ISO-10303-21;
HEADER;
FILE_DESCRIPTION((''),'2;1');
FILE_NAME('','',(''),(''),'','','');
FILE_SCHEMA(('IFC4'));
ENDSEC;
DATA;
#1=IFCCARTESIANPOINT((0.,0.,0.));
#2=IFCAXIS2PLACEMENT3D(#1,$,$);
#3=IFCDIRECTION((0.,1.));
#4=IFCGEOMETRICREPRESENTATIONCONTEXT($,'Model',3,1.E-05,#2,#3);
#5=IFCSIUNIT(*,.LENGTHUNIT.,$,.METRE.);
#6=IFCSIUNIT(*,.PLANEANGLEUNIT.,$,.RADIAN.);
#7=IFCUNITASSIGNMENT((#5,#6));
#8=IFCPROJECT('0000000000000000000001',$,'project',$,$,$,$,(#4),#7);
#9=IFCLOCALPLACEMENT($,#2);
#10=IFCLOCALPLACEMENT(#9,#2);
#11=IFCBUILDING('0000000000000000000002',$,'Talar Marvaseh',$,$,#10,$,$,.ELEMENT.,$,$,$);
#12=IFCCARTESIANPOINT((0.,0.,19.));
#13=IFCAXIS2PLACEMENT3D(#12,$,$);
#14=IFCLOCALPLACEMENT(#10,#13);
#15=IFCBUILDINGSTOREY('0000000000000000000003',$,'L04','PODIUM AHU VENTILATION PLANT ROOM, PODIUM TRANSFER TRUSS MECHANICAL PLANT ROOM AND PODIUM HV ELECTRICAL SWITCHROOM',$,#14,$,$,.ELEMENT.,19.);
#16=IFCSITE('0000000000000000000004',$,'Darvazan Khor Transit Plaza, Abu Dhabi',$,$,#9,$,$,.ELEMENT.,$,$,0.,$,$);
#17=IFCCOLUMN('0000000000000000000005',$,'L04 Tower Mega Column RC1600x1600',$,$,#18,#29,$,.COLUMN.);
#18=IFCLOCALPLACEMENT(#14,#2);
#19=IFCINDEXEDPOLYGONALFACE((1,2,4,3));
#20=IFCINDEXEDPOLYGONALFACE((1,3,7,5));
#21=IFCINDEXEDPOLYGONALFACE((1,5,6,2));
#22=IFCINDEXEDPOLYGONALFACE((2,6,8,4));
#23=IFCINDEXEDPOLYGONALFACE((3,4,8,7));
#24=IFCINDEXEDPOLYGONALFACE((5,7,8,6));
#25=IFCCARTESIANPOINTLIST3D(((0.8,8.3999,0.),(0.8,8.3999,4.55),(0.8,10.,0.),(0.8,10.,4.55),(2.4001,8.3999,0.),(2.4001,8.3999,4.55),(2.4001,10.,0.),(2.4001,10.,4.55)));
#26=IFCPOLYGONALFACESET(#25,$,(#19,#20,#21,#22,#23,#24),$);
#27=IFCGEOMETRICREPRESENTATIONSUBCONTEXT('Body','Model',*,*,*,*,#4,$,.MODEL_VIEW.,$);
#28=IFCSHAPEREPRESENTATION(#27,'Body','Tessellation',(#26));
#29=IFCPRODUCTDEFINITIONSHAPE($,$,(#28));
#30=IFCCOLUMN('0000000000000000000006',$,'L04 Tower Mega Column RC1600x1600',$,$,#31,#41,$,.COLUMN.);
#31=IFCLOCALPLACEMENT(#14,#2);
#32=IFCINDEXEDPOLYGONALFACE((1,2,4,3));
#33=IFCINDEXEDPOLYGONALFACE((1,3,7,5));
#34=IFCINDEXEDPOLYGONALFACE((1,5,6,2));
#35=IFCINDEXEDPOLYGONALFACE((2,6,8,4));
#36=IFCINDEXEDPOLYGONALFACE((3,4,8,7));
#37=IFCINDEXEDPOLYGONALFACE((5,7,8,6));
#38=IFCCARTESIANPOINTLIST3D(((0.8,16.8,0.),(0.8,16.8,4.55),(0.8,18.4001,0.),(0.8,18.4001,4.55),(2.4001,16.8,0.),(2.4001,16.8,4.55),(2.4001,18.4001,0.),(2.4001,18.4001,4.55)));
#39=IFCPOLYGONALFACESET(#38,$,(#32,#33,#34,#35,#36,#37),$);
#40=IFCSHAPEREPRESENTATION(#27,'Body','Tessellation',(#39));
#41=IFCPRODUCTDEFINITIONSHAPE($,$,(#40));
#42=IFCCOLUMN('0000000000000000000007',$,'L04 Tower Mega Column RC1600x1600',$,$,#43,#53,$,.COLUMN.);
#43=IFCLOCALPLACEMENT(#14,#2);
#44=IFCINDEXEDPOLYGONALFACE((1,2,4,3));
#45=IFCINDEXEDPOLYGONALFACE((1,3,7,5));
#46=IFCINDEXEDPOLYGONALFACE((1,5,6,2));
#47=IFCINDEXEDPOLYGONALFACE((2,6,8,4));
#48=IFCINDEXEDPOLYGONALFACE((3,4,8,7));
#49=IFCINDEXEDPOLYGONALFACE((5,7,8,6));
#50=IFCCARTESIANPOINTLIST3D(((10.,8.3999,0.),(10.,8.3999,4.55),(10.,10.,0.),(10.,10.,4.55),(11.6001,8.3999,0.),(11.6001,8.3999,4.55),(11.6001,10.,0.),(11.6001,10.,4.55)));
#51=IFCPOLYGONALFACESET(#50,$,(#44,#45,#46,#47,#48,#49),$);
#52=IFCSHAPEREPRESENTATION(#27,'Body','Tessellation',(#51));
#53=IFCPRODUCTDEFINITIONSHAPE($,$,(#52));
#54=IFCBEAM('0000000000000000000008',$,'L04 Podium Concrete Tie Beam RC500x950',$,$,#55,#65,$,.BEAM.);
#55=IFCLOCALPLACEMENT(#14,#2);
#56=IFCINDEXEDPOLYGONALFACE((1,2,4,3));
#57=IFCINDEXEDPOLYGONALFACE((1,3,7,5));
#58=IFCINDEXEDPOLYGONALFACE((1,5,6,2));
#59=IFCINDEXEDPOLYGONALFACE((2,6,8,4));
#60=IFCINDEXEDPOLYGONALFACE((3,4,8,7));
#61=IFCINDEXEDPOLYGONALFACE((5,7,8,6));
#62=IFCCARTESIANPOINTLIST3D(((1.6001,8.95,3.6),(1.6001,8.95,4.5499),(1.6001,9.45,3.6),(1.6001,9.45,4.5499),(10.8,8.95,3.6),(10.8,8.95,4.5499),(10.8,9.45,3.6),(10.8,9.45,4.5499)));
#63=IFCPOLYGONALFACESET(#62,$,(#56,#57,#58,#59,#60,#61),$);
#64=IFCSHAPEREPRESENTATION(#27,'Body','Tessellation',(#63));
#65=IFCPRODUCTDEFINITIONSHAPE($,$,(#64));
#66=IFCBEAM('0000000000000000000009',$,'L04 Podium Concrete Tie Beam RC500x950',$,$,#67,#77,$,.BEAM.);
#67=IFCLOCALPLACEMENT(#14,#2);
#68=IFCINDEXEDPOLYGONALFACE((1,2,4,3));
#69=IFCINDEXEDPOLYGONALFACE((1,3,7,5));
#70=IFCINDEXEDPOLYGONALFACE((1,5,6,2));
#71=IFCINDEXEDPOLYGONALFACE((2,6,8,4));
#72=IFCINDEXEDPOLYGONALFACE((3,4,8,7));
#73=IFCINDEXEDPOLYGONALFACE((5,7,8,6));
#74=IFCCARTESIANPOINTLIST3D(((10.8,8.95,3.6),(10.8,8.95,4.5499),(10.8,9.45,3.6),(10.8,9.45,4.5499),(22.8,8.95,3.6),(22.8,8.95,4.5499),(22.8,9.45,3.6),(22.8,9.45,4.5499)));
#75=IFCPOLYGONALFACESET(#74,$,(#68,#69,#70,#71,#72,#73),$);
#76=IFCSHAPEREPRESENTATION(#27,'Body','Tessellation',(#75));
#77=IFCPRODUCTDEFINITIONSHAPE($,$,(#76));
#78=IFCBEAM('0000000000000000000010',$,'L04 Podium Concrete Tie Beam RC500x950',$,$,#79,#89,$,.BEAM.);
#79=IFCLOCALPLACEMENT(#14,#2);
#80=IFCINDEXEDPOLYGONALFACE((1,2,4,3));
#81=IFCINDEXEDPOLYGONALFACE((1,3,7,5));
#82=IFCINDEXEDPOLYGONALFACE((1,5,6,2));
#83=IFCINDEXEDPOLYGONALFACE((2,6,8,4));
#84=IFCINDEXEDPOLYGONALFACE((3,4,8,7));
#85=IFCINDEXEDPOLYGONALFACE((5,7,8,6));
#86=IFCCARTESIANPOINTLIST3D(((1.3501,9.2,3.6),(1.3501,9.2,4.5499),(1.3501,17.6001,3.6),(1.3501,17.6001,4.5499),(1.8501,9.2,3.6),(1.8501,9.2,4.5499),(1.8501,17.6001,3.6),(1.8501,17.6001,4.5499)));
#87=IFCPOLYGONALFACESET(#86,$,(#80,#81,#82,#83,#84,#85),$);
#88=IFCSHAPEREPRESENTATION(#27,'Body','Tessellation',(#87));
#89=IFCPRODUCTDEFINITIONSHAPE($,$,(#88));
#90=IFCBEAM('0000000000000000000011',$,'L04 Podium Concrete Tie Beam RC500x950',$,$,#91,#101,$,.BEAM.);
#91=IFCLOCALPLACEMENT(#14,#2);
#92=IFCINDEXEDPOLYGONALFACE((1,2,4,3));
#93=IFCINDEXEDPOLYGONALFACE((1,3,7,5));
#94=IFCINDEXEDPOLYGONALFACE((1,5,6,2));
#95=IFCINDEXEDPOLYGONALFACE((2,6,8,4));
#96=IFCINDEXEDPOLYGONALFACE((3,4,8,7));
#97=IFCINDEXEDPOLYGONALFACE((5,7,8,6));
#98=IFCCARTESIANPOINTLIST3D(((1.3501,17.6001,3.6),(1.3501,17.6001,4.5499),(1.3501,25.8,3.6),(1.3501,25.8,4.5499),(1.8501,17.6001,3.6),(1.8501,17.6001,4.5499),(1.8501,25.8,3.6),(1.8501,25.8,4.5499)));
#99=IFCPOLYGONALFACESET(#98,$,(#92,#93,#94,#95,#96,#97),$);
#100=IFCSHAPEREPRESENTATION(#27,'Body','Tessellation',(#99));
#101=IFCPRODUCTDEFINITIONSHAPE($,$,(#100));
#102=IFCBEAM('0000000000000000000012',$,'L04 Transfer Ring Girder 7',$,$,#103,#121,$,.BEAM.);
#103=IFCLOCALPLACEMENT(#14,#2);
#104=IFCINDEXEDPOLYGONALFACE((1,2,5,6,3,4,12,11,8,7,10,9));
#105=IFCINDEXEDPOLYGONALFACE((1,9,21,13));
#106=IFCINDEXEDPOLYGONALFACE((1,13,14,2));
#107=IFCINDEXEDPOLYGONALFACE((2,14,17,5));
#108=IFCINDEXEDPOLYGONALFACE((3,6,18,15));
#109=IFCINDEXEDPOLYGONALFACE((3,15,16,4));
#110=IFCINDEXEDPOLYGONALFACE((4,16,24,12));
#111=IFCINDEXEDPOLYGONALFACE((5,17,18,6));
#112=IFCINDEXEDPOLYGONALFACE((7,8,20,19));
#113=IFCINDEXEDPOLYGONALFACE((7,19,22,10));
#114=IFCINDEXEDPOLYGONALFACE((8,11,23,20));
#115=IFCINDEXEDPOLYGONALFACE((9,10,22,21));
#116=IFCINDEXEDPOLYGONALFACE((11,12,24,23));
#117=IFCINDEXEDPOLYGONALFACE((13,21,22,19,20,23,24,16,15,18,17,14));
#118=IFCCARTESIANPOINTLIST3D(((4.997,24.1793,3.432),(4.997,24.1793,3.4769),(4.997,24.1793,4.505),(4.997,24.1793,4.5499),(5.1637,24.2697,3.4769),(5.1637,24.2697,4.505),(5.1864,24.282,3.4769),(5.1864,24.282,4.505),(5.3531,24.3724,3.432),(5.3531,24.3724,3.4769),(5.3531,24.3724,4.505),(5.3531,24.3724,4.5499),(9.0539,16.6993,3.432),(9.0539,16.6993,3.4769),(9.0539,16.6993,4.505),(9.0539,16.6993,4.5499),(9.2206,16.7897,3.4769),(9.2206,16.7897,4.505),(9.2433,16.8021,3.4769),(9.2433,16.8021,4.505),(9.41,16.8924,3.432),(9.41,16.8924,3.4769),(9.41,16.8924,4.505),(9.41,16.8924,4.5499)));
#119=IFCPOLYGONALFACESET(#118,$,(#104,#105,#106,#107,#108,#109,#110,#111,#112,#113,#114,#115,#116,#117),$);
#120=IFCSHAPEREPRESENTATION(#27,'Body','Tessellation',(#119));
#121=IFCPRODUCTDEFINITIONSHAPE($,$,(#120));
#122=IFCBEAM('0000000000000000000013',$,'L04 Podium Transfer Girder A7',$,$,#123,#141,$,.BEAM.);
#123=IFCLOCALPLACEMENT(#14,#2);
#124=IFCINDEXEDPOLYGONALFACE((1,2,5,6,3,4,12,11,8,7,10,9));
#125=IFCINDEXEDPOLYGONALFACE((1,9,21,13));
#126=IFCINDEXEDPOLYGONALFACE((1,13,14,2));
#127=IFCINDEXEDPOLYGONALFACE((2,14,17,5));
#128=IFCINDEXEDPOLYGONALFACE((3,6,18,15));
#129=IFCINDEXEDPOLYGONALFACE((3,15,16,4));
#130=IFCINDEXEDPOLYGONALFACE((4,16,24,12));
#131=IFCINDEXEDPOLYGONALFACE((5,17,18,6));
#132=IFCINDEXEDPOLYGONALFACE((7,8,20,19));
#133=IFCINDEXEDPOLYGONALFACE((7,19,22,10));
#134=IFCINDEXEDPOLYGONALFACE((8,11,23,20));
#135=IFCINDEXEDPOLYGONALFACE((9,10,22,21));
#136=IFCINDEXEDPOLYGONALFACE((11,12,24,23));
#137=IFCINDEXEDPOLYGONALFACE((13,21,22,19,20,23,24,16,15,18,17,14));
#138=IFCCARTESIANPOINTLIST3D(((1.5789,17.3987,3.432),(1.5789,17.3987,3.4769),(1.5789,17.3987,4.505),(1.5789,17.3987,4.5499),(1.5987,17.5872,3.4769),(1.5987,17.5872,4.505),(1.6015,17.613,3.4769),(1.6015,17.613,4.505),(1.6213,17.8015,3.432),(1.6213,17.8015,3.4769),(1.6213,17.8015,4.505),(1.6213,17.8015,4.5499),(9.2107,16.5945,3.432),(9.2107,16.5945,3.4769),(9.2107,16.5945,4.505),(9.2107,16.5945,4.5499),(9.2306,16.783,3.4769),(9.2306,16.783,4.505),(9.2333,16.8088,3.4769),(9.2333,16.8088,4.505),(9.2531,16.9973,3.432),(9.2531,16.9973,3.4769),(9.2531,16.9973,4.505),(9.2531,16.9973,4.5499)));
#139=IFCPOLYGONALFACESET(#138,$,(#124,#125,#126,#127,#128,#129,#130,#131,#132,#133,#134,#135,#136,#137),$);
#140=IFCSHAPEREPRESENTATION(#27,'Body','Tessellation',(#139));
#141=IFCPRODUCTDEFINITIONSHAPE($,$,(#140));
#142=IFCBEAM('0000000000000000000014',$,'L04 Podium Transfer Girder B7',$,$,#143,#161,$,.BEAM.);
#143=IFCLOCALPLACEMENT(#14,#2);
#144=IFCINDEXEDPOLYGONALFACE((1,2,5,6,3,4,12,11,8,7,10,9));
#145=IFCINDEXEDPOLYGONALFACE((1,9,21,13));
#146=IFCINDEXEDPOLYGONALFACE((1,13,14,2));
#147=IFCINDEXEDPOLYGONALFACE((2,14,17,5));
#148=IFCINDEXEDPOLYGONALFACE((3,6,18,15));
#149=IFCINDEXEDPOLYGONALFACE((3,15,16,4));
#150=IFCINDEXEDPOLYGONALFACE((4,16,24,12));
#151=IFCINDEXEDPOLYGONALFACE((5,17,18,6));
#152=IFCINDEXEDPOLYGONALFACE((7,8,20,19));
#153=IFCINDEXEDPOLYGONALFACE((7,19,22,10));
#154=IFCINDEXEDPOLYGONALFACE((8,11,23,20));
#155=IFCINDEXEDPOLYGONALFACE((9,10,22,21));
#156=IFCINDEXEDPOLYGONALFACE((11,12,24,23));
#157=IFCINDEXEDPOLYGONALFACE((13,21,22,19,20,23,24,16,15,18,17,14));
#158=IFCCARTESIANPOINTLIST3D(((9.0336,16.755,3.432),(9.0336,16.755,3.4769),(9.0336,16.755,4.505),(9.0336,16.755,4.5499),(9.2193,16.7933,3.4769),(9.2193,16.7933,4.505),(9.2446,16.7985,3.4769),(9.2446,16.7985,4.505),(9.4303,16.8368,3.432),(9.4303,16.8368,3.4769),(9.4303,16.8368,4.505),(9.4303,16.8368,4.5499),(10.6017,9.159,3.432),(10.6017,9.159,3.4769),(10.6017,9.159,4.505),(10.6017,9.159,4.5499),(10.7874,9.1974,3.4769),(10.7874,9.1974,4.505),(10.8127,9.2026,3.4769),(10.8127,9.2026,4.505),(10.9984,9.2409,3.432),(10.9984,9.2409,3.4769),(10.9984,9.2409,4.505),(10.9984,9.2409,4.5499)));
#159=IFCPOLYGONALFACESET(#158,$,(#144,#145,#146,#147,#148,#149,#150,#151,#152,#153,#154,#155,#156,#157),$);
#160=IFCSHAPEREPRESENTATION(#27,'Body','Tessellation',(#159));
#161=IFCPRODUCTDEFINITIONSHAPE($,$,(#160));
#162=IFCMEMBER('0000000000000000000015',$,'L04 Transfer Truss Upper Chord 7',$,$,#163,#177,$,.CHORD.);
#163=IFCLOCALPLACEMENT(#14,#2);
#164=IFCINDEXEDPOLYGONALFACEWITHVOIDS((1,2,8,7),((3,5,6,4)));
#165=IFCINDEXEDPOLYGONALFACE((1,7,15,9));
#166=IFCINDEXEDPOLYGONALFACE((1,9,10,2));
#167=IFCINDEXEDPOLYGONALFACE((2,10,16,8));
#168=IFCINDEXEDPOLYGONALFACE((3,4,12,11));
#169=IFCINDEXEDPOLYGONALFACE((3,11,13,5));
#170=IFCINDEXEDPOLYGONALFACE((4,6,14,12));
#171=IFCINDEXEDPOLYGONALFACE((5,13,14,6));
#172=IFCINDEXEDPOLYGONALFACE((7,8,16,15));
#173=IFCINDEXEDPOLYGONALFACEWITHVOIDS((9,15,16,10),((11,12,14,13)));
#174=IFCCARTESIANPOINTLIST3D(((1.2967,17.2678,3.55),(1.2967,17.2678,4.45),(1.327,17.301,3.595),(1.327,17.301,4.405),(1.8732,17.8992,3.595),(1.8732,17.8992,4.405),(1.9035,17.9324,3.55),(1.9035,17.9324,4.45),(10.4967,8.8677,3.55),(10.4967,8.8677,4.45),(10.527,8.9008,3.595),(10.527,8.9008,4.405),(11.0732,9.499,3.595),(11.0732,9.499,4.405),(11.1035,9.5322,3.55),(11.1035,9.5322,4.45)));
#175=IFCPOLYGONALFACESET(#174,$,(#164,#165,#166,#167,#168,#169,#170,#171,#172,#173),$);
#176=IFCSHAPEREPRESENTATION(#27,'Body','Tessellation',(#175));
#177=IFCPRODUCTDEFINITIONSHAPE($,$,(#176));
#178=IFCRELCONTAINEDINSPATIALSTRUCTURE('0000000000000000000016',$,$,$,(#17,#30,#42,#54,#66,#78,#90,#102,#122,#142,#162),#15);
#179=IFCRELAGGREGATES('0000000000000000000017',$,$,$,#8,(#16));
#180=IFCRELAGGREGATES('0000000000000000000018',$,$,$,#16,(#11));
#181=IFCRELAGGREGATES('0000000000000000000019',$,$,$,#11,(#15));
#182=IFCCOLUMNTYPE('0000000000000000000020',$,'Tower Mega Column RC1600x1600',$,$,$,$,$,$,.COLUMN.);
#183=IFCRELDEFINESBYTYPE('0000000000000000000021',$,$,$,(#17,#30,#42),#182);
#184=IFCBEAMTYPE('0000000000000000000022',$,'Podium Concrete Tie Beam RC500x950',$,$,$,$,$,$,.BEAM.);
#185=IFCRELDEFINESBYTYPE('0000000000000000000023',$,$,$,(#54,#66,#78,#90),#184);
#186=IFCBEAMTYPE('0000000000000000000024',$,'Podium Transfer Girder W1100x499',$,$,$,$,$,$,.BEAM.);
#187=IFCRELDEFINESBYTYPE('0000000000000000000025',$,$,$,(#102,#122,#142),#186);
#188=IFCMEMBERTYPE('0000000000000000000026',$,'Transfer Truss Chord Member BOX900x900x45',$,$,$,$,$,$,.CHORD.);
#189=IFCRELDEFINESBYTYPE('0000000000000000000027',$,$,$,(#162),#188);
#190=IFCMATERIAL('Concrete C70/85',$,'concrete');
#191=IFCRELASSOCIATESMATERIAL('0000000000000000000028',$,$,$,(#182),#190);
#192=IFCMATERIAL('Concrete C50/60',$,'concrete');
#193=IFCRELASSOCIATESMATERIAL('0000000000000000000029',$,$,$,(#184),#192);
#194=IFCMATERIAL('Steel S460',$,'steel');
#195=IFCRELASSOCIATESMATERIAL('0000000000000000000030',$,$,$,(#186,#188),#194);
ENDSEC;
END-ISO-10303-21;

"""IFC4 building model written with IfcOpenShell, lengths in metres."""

from ifc_helpers import new_model, si_unit, direction, frame, origin, origin_2d, place, context, subcontext, project, spatial, rectangle, hollow_rectangle, i_section, extrude, source, transform, mapped, material, material_profile, profile_set, type_object, type_shapes, element, save


model = new_model("IFC4")

# Units and contexts
model_context = context("Model", 3, precision=1e-05, world=origin(), true_north=direction((0.0, 1.0)))
body_context = subcontext(model_context, "Body", "Model", "MODEL_VIEW")
ifc_project = project(units=[si_unit("LENGTHUNIT", "METRE"), si_unit("PLANEANGLEUNIT", "RADIAN")], contexts=[model_context])

# Site, building, storey
site_placement = place(None, origin())
site = spatial("IfcSite", under=ifc_project, at=site_placement, Name="Darvazan Khor Transit Plaza, Abu Dhabi", CompositionType="ELEMENT", RefElevation=0.0)
building_placement = place(site_placement, origin())
building = spatial("IfcBuilding", under=site, at=building_placement, Name="Talar Marvaseh", CompositionType="ELEMENT")
storey_placement = place(building_placement, frame((0.0, 0.0, 19.0)))
storey = spatial("IfcBuildingStorey", under=building, at=storey_placement, Name="L04", Description="PODIUM AHU VENTILATION PLANT ROOM, PODIUM TRANSFER TRUSS MECHANICAL PLANT ROOM AND PODIUM HV ELECTRICAL SWITCHROOM", CompositionType="ELEMENT", Elevation=19.0)

# Columns
ifc_material_1 = material(Name="Concrete C70/85", Category="concrete")
ifc_material_profile_1 = material_profile(ifc_material_1, rectangle(XDim=1.6001, YDim=1.6001, at=origin_2d()), Name="RC1600x1600")
ifc_profile_set_1 = profile_set([ifc_material_profile_1], Name="Concrete C70/85")
column_type = type_object("IfcColumnType", Name="Tower Mega Column RC1600x1600", PredefinedType="COLUMN", material=ifc_profile_set_1)
for number, where, z_axis, x_axis, name in (
    (1, (1.6001, 9.2, 0.0), (0.0, 0.0, 1.0), (1.0, 0.0, 0.0), "L04 Tower Mega Column RC1600x1600"),
    (2, (1.6001, 17.6001, 0.0), (0.0, 0.0, 1.0), (1.0, 0.0, 0.0), "L04 Tower Mega Column RC1600x1600"),
    (3, (10.8, 9.2, 0.0), (0.0, 0.0, 1.0), (1.0, 0.0, 0.0), "L04 Tower Mega Column RC1600x1600"),
):
    element("IfcColumn", number, at=place(storey_placement, frame(where, z_axis=z_axis, x_axis=x_axis)), inside=storey, type_object=column_type, Name=name, PredefinedType="COLUMN", context=body_context, shape_type="SweptSolid", body=[
        extrude(rectangle(XDim=1.6001, YDim=1.6001, at=origin_2d()), origin(), (0.0, 0.0, 1.0), 4.55),
    ])

# Beams
ifc_material_2 = material(Name="Concrete C50/60", Category="concrete")
ifc_material_profile_2 = material_profile(ifc_material_2, rectangle(XDim=0.5, YDim=0.95, at=origin_2d()), Name="RC500x950")
ifc_profile_set_2 = profile_set([ifc_material_profile_2], Name="Concrete C50/60")
beam_type_1 = type_object("IfcBeamType", Name="Podium Concrete Tie Beam RC500x950", PredefinedType="BEAM", material=ifc_profile_set_2)
beam_1_placement = place(storey_placement, frame((1.6001, 9.2, 4.075), z_axis=(1.0, 0.0, 0.0), x_axis=(0.0, 1.0, 0.0)))
element("IfcBeam", 4, at=beam_1_placement, inside=storey, type_object=beam_type_1, Name="L04 Podium Concrete Tie Beam RC500x950", PredefinedType="BEAM", context=body_context, shape_type="SweptSolid", body=[
    extrude(rectangle(XDim=0.5, YDim=0.95, at=origin_2d()), origin(), (0.0, 0.0, 1.0), 9.2),
])
beam_2_placement = place(storey_placement, frame((10.8, 9.2, 4.075), z_axis=(1.0, 0.0, 0.0), x_axis=(0.0, 1.0, 0.0)))
element("IfcBeam", 5, at=beam_2_placement, inside=storey, type_object=beam_type_1, Name="L04 Podium Concrete Tie Beam RC500x950", PredefinedType="BEAM", context=body_context, shape_type="SweptSolid", body=[
    extrude(rectangle(XDim=0.5, YDim=0.95, at=origin_2d()), origin(), (0.0, 0.0, 1.0), 12.0),
])
beam_3_placement = place(storey_placement, frame((1.6001, 9.2, 4.075), z_axis=(0.0, 1.0, 0.0), x_axis=(-1.0, 0.0, 0.0)))
element("IfcBeam", 6, at=beam_3_placement, inside=storey, type_object=beam_type_1, Name="L04 Podium Concrete Tie Beam RC500x950", PredefinedType="BEAM", context=body_context, shape_type="SweptSolid", body=[
    extrude(rectangle(XDim=0.5, YDim=0.95, at=origin_2d()), origin(), (0.0, 0.0, 1.0), 8.4001),
])
beam_4_placement = place(storey_placement, frame((1.6001, 17.6001, 4.075), z_axis=(0.0, 1.0, 0.0), x_axis=(-1.0, 0.0, 0.0)))
element("IfcBeam", 7, at=beam_4_placement, inside=storey, type_object=beam_type_1, Name="L04 Podium Concrete Tie Beam RC500x950", PredefinedType="BEAM", context=body_context, shape_type="SweptSolid", body=[
    extrude(rectangle(XDim=0.5, YDim=0.95, at=origin_2d()), origin(), (0.0, 0.0, 1.0), 8.2),
])
ifc_material_3 = material(Name="Steel S460", Category="steel")
ifc_material_profile_3 = material_profile(ifc_material_3, i_section(OverallWidth=0.405, OverallDepth=1.1179, WebThickness=0.0259, FlangeThickness=0.0449, at=origin_2d()), Name="W1100x499")
ifc_profile_set_3 = profile_set([ifc_material_profile_3], Name="Steel S460")
beam_type_2 = type_object("IfcBeamType", Name="Podium Transfer Girder W1100x499", PredefinedType="BEAM", material=ifc_profile_set_3)
beam_5_placement = place(storey_placement, frame((9.2319, 16.7959, 3.991), z_axis=(-0.476758, 0.879035, 0.0), x_axis=(-0.879035, -0.476758, 0.0)))
element("IfcBeam", 8, at=beam_5_placement, inside=storey, type_object=beam_type_2, Name="L04 Transfer Ring Girder 7", PredefinedType="BEAM", context=body_context, shape_type="SweptSolid", body=[
    extrude(i_section(OverallWidth=0.405, OverallDepth=1.1179, WebThickness=0.0259, FlangeThickness=0.0449, at=origin_2d()), origin(), (0.0, 0.0, 1.0), 8.5093),
])
beam_6_placement = place(storey_placement, frame((1.6001, 17.6001, 3.991), z_axis=(0.994494, -0.104794, 0.0), x_axis=(0.104794, 0.994494, 0.0)))
element("IfcBeam", 9, at=beam_6_placement, inside=storey, type_object=beam_type_2, Name="L04 Podium Transfer Girder A7", PredefinedType="BEAM", context=body_context, shape_type="SweptSolid", body=[
    extrude(i_section(OverallWidth=0.405, OverallDepth=1.1179, WebThickness=0.0259, FlangeThickness=0.0449, at=origin_2d()), origin(), (0.0, 0.0, 1.0), 7.6741),
])
beam_7_placement = place(storey_placement, frame((9.2319, 16.7959, 3.991), z_axis=(0.202178, -0.979349, 0.0), x_axis=(0.979349, 0.202178, 0.0)))
element("IfcBeam", 10, at=beam_7_placement, inside=storey, type_object=beam_type_2, Name="L04 Podium Transfer Girder B7", PredefinedType="BEAM", context=body_context, shape_type="SweptSolid", body=[
    extrude(i_section(OverallWidth=0.405, OverallDepth=1.1179, WebThickness=0.0259, FlangeThickness=0.0449, at=origin_2d()), origin(), (0.0, 0.0, 1.0), 7.7561),
])

# Member
ifc_material_profile_4 = material_profile(ifc_material_3, hollow_rectangle(XDim=0.8999, YDim=0.8999, WallThickness=0.0449, at=origin_2d()), Name="BOX900x900x45")
ifc_profile_set_4 = profile_set([ifc_material_profile_4], Name="Steel S460")
member_type_1 = type_object("IfcMemberType", Name="Transfer Truss Chord Member BOX900x900x45", PredefinedType="CHORD", material=ifc_profile_set_4)
shared_shape_1 = source(origin(), body_context, "Body", "SweptSolid", [
    extrude(hollow_rectangle(XDim=0.8999, YDim=0.8999, WallThickness=0.0449, at=origin_2d()), origin(), (0.0, 0.0, 1.0), 12.458),
])
type_shapes(member_type_1, [shared_shape_1])
member_1_placement = place(storey_placement, frame((1.6001, 17.6001, 4.0), z_axis=(0.738478, -0.674278, 0.0), x_axis=(0.674278, 0.738478, 0.0)))
element("IfcMember", 11, at=member_1_placement, inside=storey, type_object=member_type_1, Name="L04 Transfer Truss Upper Chord 7", PredefinedType="CHORD", context=body_context, shape_type="MappedRepresentation", body=[
    mapped(shared_shape_1, transform((0.0, 0.0, 0.0), x_axis=(1.0, 0.0, 0.0), y_axis=(0.0, 1.0, 0.0), z_axis=(0.0, 0.0, 1.0), scale=1.0)),
])

save(model, "model.ifc")
